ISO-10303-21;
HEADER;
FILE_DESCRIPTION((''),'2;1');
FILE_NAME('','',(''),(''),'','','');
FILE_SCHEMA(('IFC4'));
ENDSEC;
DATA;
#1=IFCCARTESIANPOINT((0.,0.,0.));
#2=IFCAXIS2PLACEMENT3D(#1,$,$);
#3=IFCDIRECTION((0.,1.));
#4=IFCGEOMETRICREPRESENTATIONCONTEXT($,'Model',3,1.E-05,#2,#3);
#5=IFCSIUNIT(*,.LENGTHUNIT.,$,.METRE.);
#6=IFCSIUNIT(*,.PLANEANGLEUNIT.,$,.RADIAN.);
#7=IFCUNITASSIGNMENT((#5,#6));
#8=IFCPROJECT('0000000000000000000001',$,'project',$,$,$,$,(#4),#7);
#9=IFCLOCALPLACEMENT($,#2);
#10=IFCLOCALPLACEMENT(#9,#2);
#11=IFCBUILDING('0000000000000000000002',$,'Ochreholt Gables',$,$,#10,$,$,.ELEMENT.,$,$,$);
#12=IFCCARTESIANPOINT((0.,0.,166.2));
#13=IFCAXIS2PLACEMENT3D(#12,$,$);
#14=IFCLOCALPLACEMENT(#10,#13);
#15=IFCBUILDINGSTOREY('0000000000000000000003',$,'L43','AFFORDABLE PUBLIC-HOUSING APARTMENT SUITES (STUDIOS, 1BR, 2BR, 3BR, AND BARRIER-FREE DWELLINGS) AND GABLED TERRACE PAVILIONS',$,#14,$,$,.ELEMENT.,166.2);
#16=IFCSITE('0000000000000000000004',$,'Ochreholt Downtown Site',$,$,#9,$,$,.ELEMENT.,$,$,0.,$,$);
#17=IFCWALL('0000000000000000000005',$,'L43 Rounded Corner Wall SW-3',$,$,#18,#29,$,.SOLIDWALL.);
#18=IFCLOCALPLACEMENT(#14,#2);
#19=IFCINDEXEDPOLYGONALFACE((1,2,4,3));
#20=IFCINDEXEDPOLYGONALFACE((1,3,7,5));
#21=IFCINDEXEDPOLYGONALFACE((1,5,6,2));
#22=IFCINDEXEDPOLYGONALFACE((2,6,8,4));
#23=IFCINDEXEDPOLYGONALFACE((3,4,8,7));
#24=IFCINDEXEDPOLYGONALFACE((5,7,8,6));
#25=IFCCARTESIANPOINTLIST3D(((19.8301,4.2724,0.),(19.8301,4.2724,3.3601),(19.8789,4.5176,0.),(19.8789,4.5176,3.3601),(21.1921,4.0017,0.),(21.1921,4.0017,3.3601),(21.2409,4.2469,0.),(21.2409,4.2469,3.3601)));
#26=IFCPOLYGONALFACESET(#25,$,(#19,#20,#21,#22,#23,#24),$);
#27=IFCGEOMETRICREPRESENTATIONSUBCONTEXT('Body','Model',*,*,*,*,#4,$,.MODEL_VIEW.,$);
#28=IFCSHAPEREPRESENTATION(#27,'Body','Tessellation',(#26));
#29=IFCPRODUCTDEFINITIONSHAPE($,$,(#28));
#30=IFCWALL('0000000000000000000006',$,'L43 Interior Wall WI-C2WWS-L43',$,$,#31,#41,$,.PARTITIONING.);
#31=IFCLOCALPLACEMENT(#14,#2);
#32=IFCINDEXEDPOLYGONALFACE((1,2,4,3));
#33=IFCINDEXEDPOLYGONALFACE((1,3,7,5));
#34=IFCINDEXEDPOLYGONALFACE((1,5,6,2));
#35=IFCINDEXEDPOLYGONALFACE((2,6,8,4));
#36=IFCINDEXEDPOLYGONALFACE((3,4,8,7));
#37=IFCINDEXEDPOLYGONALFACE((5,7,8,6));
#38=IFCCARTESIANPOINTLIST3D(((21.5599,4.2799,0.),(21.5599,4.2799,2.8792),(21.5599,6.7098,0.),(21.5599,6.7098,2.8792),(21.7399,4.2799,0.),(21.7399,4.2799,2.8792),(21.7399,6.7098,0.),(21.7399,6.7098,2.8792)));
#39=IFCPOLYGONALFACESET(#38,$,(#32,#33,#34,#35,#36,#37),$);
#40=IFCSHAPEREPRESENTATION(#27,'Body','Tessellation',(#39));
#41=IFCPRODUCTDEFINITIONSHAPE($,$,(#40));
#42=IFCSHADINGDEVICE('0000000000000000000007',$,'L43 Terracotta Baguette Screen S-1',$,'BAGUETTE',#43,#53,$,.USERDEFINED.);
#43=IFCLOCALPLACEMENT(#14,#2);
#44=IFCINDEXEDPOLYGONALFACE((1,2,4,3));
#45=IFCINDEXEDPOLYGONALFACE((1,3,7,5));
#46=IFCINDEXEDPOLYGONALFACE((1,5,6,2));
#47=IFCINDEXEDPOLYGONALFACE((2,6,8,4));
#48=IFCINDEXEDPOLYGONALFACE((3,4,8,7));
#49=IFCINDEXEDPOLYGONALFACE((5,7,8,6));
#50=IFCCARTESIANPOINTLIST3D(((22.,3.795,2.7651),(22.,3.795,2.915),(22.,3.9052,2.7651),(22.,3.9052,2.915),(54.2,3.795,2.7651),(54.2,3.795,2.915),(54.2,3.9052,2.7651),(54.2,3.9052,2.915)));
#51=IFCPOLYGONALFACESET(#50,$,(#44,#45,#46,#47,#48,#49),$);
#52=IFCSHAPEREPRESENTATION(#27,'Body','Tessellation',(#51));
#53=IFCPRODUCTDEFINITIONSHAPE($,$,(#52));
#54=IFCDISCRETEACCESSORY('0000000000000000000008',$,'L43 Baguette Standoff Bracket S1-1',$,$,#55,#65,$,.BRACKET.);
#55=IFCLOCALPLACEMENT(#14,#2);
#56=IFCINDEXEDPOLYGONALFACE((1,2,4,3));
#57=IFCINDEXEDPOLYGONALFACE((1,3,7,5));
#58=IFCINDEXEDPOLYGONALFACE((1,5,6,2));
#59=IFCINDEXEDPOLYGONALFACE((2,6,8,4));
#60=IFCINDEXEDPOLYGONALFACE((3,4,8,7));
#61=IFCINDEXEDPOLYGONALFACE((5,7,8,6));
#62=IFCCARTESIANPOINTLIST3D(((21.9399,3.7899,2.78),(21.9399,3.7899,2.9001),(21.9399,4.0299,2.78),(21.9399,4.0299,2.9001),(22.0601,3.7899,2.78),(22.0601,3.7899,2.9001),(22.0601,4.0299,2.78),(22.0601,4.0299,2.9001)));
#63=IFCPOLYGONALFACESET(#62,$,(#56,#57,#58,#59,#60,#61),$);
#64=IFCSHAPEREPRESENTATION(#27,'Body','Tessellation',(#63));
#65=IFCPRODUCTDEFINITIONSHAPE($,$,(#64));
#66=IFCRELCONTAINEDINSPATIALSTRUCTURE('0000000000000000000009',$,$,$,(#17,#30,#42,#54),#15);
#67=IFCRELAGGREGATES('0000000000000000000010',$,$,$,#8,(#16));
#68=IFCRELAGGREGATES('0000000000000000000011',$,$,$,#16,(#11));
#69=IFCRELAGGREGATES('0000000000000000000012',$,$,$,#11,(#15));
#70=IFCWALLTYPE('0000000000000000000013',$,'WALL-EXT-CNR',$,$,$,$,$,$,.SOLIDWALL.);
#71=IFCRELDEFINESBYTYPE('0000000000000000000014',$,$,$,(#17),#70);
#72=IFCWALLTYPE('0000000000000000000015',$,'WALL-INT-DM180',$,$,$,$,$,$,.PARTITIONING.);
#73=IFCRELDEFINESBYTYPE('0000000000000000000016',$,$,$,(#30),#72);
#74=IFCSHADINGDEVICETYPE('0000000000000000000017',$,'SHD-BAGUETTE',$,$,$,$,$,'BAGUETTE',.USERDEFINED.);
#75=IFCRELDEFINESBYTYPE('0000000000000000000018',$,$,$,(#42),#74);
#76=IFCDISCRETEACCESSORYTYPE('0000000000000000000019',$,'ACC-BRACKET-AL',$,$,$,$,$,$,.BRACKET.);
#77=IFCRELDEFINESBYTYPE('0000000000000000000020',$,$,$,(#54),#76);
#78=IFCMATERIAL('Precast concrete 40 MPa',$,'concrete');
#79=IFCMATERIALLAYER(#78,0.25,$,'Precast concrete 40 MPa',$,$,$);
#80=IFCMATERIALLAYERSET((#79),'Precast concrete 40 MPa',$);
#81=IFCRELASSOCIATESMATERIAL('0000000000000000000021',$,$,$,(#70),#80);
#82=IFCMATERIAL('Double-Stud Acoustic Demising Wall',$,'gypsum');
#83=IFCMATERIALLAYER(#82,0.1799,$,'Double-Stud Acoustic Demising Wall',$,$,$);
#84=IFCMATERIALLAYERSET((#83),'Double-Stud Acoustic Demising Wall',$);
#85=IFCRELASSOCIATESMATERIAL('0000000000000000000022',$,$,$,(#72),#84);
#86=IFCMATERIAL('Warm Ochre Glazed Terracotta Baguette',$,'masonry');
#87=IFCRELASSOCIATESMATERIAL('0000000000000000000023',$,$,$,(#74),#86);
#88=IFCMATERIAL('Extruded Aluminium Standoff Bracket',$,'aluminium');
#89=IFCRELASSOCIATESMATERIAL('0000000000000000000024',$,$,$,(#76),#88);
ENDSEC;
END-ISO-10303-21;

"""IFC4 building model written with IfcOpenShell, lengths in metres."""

from ifc_helpers import new_model, si_unit, direction, frame, frame_2d, origin, origin_2d, place, context, subcontext, project, spatial, rectangle, extrude, material, layer, layer_set, material_profile, profile_set, type_object, element, save


model = new_model("IFC4")

# Units and contexts
model_context = context("Model", 3, precision=1e-05, world=origin(), true_north=direction((0.0, 1.0)))
body_context = subcontext(model_context, "Body", "Model", "MODEL_VIEW")
ifc_project = project(units=[si_unit("LENGTHUNIT", "METRE"), si_unit("PLANEANGLEUNIT", "RADIAN")], contexts=[model_context])

# Site, building, storey
site_placement = place(None, origin())
site = spatial("IfcSite", under=ifc_project, at=site_placement, Name="Ochreholt Downtown Site", CompositionType="ELEMENT", RefElevation=0.0)
building_placement = place(site_placement, origin())
building = spatial("IfcBuilding", under=site, at=building_placement, Name="Ochreholt Gables", CompositionType="ELEMENT")
storey_placement = place(building_placement, frame((0.0, 0.0, 166.2)))
storey = spatial("IfcBuildingStorey", under=building, at=storey_placement, Name="L43", Description="AFFORDABLE PUBLIC-HOUSING APARTMENT SUITES (STUDIOS, 1BR, 2BR, 3BR, AND BARRIER-FREE DWELLINGS) AND GABLED TERRACE PAVILIONS", CompositionType="ELEMENT", Elevation=166.2)

# Shared definitions
ifc_material_1 = material(Name="Precast concrete 40 MPa", Category="concrete")

# Walls
ifc_layer_1 = layer(ifc_material_1, 0.25, Name="Precast concrete 40 MPa")
ifc_layer_set_1 = layer_set([ifc_layer_1], Name="Precast concrete 40 MPa")
wall_type_1 = type_object("IfcWallType", Name="WALL-EXT-CNR", PredefinedType="SOLIDWALL", material=ifc_layer_set_1)
wall_1_placement = place(storey_placement, frame((19.8545, 4.395, 0.0), z_axis=(0.0, 0.0, 1.0), x_axis=(0.98081, -0.194967, 0.0)))
element("IfcWall", 1, at=wall_1_placement, inside=storey, type_object=wall_type_1, Name="L43 Rounded Corner Wall SW-3", PredefinedType="SOLIDWALL", context=body_context, shape_type="SweptSolid", body=[
    extrude(rectangle(XDim=1.3887, YDim=0.25, at=frame_2d((0.6943, 0.0))), origin(), (0.0, 0.0, 1.0), 3.3601),
])
ifc_material_2 = material(Name="Double-Stud Acoustic Demising Wall", Category="gypsum")
ifc_layer_2 = layer(ifc_material_2, 0.1799, Name="Double-Stud Acoustic Demising Wall")
ifc_layer_set_2 = layer_set([ifc_layer_2], Name="Double-Stud Acoustic Demising Wall")
wall_type_2 = type_object("IfcWallType", Name="WALL-INT-DM180", PredefinedType="PARTITIONING", material=ifc_layer_set_2)
wall_2_placement = place(storey_placement, frame((21.6499, 4.28, 0.0), z_axis=(0.0, 0.0, 1.0), x_axis=(0.0, 1.0, 0.0)))
element("IfcWall", 2, at=wall_2_placement, inside=storey, type_object=wall_type_2, Name="L43 Interior Wall WI-C2WWS-L43", PredefinedType="PARTITIONING", context=body_context, shape_type="SweptSolid", body=[
    extrude(rectangle(XDim=2.4299, YDim=0.1799, at=frame_2d((1.2148, 0.0))), origin(), (0.0, 0.0, 1.0), 2.8792),
])

# Shading device
ifc_material_3 = material(Name="Warm Ochre Glazed Terracotta Baguette", Category="masonry")
ifc_material_profile_1 = material_profile(ifc_material_3, rectangle(XDim=0.1101, YDim=0.1499, at=origin_2d()), Name="TCBAG110X150")
ifc_profile_set_1 = profile_set([ifc_material_profile_1], Name="Warm Ochre Glazed Terracotta Baguette")
shading_device_type = type_object("IfcShadingDeviceType", Name="SHD-BAGUETTE", ElementType="BAGUETTE", PredefinedType="USERDEFINED", material=ifc_profile_set_1)
shading_device_placement = place(storey_placement, frame((22.0, 3.8501, 2.8401), z_axis=(1.0, 0.0, 0.0), x_axis=(0.0, 1.0, 0.0)))
element("IfcShadingDevice", 3, at=shading_device_placement, inside=storey, type_object=shading_device_type, Name="L43 Terracotta Baguette Screen S-1", ObjectType="BAGUETTE", PredefinedType="USERDEFINED", context=body_context, shape_type="SweptSolid", body=[
    extrude(rectangle(XDim=0.1101, YDim=0.1499, at=origin_2d()), origin(), (0.0, 0.0, 1.0), 32.2),
])

# Discrete accessory
ifc_material_4 = material(Name="Extruded Aluminium Standoff Bracket", Category="aluminium")
discrete_accessory_type = type_object("IfcDiscreteAccessoryType", Name="ACC-BRACKET-AL", PredefinedType="BRACKET", material=ifc_material_4)
discrete_accessory_placement = place(storey_placement, frame((22.0, 3.9099, 2.78), z_axis=(0.0, 0.0, 1.0), x_axis=(1.0, 0.0, 0.0)))
element("IfcDiscreteAccessory", 4, at=discrete_accessory_placement, inside=storey, type_object=discrete_accessory_type, Name="L43 Baguette Standoff Bracket S1-1", PredefinedType="BRACKET", context=body_context, shape_type="SweptSolid", body=[
    extrude(rectangle(XDim=0.1201, YDim=0.24, at=origin_2d()), origin(), (0.0, 0.0, 1.0), 0.1201),
])

save(model, "model.ifc")
